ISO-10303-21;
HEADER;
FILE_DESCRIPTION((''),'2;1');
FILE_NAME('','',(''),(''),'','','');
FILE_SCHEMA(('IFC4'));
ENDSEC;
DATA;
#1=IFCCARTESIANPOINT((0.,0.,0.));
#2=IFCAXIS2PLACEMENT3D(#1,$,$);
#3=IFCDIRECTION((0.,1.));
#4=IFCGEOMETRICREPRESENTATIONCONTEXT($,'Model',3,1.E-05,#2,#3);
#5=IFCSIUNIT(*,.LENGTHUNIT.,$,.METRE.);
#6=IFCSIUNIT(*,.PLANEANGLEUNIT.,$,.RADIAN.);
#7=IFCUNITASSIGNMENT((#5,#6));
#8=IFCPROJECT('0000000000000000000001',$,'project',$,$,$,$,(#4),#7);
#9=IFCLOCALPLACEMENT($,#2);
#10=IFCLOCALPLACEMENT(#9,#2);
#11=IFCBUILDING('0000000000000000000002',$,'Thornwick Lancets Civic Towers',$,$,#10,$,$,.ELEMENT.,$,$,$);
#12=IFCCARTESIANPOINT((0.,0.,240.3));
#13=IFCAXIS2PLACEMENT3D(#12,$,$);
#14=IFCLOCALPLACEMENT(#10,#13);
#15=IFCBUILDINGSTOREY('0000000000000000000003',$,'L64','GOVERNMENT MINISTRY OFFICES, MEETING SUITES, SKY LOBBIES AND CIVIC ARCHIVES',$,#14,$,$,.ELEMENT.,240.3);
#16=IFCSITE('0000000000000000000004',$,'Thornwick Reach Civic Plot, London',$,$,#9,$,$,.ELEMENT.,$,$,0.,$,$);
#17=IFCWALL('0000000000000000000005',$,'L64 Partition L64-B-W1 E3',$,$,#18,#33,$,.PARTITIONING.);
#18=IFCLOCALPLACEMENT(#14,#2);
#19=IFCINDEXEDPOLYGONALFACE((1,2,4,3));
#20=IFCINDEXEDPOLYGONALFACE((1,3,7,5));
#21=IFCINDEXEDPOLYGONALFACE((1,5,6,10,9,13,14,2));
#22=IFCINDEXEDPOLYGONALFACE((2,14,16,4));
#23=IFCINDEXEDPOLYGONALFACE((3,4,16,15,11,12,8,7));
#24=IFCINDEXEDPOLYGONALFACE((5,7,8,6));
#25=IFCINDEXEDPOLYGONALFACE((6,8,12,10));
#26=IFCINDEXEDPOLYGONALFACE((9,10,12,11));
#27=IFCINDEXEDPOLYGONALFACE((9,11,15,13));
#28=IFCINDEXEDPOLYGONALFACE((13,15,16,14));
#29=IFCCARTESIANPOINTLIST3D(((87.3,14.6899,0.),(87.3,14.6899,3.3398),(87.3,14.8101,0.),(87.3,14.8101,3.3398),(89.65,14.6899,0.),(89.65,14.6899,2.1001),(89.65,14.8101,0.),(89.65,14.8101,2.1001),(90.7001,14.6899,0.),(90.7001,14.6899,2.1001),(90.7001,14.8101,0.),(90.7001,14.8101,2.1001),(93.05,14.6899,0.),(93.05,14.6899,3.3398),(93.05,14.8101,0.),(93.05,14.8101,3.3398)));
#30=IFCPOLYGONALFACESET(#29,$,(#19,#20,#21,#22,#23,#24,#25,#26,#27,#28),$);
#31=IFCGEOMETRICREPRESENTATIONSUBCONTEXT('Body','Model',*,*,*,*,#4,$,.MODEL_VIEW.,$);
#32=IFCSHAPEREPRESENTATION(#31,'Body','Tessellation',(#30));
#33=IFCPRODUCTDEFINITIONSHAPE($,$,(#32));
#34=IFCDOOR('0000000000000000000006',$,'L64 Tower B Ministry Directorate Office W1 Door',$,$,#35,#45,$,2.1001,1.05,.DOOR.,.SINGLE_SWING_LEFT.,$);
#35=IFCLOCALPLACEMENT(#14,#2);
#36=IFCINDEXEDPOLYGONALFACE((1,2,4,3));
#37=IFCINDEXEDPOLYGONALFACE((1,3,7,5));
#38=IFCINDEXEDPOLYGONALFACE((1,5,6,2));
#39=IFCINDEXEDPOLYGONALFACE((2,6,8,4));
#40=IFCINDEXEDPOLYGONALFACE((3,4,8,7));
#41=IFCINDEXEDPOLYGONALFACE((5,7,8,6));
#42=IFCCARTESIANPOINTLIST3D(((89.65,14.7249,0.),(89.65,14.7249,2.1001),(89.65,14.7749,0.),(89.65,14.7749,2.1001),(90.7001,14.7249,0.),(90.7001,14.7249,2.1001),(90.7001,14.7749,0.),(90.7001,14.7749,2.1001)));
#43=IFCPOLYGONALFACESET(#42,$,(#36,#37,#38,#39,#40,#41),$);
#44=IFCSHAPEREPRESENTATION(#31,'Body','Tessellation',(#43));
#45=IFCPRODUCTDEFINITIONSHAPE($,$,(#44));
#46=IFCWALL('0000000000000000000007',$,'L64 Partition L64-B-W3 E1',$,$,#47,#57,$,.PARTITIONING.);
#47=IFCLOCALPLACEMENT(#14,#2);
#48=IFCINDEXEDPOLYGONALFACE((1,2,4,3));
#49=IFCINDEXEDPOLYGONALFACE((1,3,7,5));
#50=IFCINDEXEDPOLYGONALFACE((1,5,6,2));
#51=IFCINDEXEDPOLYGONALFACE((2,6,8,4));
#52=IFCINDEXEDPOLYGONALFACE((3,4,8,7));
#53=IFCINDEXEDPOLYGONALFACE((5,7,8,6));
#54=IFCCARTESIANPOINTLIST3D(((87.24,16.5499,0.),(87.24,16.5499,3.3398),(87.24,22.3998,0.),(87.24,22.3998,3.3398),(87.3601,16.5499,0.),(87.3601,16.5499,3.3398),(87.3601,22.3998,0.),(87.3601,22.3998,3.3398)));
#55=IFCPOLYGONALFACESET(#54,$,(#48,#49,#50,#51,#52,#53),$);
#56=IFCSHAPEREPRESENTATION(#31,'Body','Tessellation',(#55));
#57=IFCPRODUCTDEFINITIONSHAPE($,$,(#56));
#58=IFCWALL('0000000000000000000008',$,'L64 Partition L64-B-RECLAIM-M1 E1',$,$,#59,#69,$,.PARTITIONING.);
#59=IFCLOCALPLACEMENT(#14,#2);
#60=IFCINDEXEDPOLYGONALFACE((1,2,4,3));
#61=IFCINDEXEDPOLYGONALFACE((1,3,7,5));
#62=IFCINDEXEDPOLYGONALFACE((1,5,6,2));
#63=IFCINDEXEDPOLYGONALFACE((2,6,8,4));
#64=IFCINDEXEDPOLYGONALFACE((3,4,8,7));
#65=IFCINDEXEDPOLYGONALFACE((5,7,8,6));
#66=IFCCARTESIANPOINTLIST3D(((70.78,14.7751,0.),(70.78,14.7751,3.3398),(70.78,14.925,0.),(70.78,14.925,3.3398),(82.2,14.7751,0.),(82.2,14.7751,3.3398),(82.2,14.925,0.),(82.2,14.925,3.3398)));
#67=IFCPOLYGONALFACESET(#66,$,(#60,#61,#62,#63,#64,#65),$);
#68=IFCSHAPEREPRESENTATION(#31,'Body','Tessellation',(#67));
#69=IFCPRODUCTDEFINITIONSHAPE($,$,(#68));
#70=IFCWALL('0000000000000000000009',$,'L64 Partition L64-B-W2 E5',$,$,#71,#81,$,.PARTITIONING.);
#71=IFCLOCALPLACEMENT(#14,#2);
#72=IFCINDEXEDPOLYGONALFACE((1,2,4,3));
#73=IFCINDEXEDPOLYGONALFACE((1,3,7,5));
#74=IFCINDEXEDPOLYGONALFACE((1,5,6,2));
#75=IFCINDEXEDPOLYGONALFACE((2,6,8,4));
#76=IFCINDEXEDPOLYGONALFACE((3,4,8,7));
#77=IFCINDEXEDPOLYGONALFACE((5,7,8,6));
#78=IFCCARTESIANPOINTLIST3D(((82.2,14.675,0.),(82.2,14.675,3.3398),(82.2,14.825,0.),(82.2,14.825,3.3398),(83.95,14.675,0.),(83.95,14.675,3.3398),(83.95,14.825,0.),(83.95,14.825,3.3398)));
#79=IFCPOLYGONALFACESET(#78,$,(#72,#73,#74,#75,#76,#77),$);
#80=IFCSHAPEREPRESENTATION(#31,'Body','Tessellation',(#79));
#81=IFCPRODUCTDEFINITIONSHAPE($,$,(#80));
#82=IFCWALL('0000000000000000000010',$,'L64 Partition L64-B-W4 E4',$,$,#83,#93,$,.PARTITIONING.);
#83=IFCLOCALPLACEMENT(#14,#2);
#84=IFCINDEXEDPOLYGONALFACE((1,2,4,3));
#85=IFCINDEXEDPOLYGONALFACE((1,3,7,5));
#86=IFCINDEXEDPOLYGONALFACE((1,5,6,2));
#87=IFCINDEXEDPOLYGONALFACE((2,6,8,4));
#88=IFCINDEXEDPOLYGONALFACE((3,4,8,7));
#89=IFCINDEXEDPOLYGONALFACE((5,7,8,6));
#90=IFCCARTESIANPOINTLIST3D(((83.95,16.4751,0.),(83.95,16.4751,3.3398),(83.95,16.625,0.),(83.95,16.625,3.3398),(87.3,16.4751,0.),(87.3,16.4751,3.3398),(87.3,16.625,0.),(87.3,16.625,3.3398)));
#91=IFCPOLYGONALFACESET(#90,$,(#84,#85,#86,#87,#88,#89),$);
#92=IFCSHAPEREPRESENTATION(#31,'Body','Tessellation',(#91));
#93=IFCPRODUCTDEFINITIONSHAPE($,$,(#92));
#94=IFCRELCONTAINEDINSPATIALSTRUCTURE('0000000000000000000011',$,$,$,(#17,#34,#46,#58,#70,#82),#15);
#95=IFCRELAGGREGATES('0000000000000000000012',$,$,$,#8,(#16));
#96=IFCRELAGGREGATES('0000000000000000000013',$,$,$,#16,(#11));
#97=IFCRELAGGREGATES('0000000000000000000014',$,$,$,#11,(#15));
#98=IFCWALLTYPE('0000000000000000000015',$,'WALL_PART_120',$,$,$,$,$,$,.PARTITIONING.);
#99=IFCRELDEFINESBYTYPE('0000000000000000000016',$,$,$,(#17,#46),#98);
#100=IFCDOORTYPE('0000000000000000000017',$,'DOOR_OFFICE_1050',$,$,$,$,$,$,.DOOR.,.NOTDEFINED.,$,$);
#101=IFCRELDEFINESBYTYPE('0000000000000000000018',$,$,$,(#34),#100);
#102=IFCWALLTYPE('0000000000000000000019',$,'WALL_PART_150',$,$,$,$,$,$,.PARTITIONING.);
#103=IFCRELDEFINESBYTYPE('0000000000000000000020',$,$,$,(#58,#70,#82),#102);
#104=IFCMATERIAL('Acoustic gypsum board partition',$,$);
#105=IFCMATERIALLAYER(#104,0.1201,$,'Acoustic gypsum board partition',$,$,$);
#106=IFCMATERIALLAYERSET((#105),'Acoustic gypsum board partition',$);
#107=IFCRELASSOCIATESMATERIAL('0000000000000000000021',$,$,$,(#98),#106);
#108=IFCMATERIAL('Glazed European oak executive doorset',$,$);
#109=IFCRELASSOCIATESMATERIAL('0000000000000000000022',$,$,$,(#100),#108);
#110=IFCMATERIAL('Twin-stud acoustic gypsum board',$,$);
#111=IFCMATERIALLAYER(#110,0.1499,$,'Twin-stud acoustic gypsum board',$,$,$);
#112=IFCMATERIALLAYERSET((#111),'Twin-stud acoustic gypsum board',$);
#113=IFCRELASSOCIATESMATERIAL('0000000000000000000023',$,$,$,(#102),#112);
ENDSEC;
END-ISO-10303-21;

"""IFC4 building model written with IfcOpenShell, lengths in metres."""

from ifc_helpers import new_model, si_unit, direction, frame, frame_2d, origin, place, context, subcontext, project, spatial, rectangle, extrude, material, layer, layer_set, type_object, element, fill, save


model = new_model("IFC4")

# Units and contexts
model_context = context("Model", 3, precision=1e-05, world=origin(), true_north=direction((0.0, 1.0)))
body_context = subcontext(model_context, "Body", "Model", "MODEL_VIEW")
ifc_project = project(units=[si_unit("LENGTHUNIT", "METRE"), si_unit("PLANEANGLEUNIT", "RADIAN")], contexts=[model_context])

# Site, building, storey
site_placement = place(None, origin())
site = spatial("IfcSite", under=ifc_project, at=site_placement, Name="Thornwick Reach Civic Plot, London", CompositionType="ELEMENT", RefElevation=0.0)
building_placement = place(site_placement, origin())
building = spatial("IfcBuilding", under=site, at=building_placement, Name="Thornwick Lancets Civic Towers", CompositionType="ELEMENT")
storey_placement = place(building_placement, frame((0.0, 0.0, 240.3)))
storey = spatial("IfcBuildingStorey", under=building, at=storey_placement, Name="L64", Description="GOVERNMENT MINISTRY OFFICES, MEETING SUITES, SKY LOBBIES AND CIVIC ARCHIVES", CompositionType="ELEMENT", Elevation=240.3)

# Shared definitions
ifc_material_1 = material(Name="Acoustic gypsum board partition")
ifc_layer_1 = layer(ifc_material_1, 0.1201, Name="Acoustic gypsum board partition")
ifc_layer_set_1 = layer_set([ifc_layer_1], Name="Acoustic gypsum board partition")
wall_type_1 = type_object("IfcWallType", Name="WALL_PART_120", PredefinedType="PARTITIONING", material=ifc_layer_set_1)

# Wall, opening, door
wall_1_placement = place(storey_placement, frame((87.3, 14.75, 0.0), z_axis=(0.0, 0.0, 1.0), x_axis=(1.0, 0.0, 0.0)))
wall_1 = element("IfcWall", 1, at=wall_1_placement, inside=storey, type_object=wall_type_1, Name="L64 Partition L64-B-W1 E3", PredefinedType="PARTITIONING", context=body_context, shape_type="SweptSolid", body=[
    extrude(rectangle(XDim=5.75, YDim=0.1201, at=frame_2d((2.875, 0.0))), origin(), (0.0, 0.0, 1.0), 3.3398),
])
opening_1_placement = place(wall_1_placement, frame((2.3501, 0.0, 0.0)))
opening_1 = element("IfcOpeningElement", 2, at=opening_1_placement, cuts=wall_1, PredefinedType="OPENING", context=body_context, shape_type="SweptSolid", body=[
    extrude(rectangle(XDim=1.05, YDim=2.1001, at=frame_2d((0.5249, 1.05))), frame((0.0, 0.0701, 0.0), z_axis=(0.0, -1.0, 0.0), x_axis=(1.0, 0.0, 0.0)), (0.0, 0.0, 1.0), 0.1401),
])
ifc_material_2 = material(Name="Glazed European oak executive doorset")
door_type_1 = type_object("IfcDoorType", Name="DOOR_OFFICE_1050", OperationType="NOTDEFINED", PredefinedType="DOOR", material=ifc_material_2)
door_1_placement = place(opening_1_placement, origin())
door_1 = element("IfcDoor", 3, at=door_1_placement, inside=storey, type_object=door_type_1, Name="L64 Tower B Ministry Directorate Office W1 Door", OperationType="SINGLE_SWING_LEFT", OverallHeight=2.1001, OverallWidth=1.05, PredefinedType="DOOR", context=body_context, shape_type="SweptSolid", body=[
    extrude(rectangle(XDim=1.05, YDim=2.1001, at=frame_2d((0.5249, 1.05))), frame((0.0, 0.0249, 0.0), z_axis=(0.0, -1.0, 0.0), x_axis=(1.0, 0.0, 0.0)), (0.0, 0.0, 1.0), 0.05),
])
fill(opening_1, door_1)

# Walls
wall_2_placement = place(storey_placement, frame((87.3, 16.55, 0.0), z_axis=(0.0, 0.0, 1.0), x_axis=(0.0, 1.0, 0.0)))
element("IfcWall", 4, at=wall_2_placement, inside=storey, type_object=wall_type_1, Name="L64 Partition L64-B-W3 E1", PredefinedType="PARTITIONING", context=body_context, shape_type="SweptSolid", body=[
    extrude(rectangle(XDim=5.8499, YDim=0.1201, at=frame_2d((2.9248, 0.0))), origin(), (0.0, 0.0, 1.0), 3.3398),
])
ifc_material_3 = material(Name="Twin-stud acoustic gypsum board")
ifc_layer_2 = layer(ifc_material_3, 0.1499, Name="Twin-stud acoustic gypsum board")
ifc_layer_set_2 = layer_set([ifc_layer_2], Name="Twin-stud acoustic gypsum board")
wall_type_2 = type_object("IfcWallType", Name="WALL_PART_150", PredefinedType="PARTITIONING", material=ifc_layer_set_2)
wall_3_placement = place(storey_placement, frame((82.2, 14.8501, 0.0), z_axis=(0.0, 0.0, 1.0), x_axis=(-1.0, 0.0, 0.0)))
element("IfcWall", 5, at=wall_3_placement, inside=storey, type_object=wall_type_2, Name="L64 Partition L64-B-RECLAIM-M1 E1", PredefinedType="PARTITIONING", context=body_context, shape_type="SweptSolid", body=[
    extrude(rectangle(XDim=11.4199, YDim=0.1499, at=frame_2d((5.71, 0.0))), origin(), (0.0, 0.0, 1.0), 3.3398),
])
wall_4_placement = place(storey_placement, frame((82.2, 14.75, 0.0), z_axis=(0.0, 0.0, 1.0), x_axis=(1.0, 0.0, 0.0)))
element("IfcWall", 6, at=wall_4_placement, inside=storey, type_object=wall_type_2, Name="L64 Partition L64-B-W2 E5", PredefinedType="PARTITIONING", context=body_context, shape_type="SweptSolid", body=[
    extrude(rectangle(XDim=1.75, YDim=0.1499, at=frame_2d((0.875, 0.0))), origin(), (0.0, 0.0, 1.0), 3.3398),
])

# Wall
wall_5_placement = place(storey_placement, frame((87.3, 16.55, 0.0), z_axis=(0.0, 0.0, 1.0), x_axis=(-1.0, 0.0, 0.0)))
element("IfcWall", 7, at=wall_5_placement, inside=storey, type_object=wall_type_2, Name="L64 Partition L64-B-W4 E4", PredefinedType="PARTITIONING", context=body_context, shape_type="SweptSolid", body=[
    extrude(rectangle(XDim=3.3501, YDim=0.1499, at=frame_2d((1.675, 0.0))), origin(), (0.0, 0.0, 1.0), 3.3398),
])

save(model, "model.ifc")
